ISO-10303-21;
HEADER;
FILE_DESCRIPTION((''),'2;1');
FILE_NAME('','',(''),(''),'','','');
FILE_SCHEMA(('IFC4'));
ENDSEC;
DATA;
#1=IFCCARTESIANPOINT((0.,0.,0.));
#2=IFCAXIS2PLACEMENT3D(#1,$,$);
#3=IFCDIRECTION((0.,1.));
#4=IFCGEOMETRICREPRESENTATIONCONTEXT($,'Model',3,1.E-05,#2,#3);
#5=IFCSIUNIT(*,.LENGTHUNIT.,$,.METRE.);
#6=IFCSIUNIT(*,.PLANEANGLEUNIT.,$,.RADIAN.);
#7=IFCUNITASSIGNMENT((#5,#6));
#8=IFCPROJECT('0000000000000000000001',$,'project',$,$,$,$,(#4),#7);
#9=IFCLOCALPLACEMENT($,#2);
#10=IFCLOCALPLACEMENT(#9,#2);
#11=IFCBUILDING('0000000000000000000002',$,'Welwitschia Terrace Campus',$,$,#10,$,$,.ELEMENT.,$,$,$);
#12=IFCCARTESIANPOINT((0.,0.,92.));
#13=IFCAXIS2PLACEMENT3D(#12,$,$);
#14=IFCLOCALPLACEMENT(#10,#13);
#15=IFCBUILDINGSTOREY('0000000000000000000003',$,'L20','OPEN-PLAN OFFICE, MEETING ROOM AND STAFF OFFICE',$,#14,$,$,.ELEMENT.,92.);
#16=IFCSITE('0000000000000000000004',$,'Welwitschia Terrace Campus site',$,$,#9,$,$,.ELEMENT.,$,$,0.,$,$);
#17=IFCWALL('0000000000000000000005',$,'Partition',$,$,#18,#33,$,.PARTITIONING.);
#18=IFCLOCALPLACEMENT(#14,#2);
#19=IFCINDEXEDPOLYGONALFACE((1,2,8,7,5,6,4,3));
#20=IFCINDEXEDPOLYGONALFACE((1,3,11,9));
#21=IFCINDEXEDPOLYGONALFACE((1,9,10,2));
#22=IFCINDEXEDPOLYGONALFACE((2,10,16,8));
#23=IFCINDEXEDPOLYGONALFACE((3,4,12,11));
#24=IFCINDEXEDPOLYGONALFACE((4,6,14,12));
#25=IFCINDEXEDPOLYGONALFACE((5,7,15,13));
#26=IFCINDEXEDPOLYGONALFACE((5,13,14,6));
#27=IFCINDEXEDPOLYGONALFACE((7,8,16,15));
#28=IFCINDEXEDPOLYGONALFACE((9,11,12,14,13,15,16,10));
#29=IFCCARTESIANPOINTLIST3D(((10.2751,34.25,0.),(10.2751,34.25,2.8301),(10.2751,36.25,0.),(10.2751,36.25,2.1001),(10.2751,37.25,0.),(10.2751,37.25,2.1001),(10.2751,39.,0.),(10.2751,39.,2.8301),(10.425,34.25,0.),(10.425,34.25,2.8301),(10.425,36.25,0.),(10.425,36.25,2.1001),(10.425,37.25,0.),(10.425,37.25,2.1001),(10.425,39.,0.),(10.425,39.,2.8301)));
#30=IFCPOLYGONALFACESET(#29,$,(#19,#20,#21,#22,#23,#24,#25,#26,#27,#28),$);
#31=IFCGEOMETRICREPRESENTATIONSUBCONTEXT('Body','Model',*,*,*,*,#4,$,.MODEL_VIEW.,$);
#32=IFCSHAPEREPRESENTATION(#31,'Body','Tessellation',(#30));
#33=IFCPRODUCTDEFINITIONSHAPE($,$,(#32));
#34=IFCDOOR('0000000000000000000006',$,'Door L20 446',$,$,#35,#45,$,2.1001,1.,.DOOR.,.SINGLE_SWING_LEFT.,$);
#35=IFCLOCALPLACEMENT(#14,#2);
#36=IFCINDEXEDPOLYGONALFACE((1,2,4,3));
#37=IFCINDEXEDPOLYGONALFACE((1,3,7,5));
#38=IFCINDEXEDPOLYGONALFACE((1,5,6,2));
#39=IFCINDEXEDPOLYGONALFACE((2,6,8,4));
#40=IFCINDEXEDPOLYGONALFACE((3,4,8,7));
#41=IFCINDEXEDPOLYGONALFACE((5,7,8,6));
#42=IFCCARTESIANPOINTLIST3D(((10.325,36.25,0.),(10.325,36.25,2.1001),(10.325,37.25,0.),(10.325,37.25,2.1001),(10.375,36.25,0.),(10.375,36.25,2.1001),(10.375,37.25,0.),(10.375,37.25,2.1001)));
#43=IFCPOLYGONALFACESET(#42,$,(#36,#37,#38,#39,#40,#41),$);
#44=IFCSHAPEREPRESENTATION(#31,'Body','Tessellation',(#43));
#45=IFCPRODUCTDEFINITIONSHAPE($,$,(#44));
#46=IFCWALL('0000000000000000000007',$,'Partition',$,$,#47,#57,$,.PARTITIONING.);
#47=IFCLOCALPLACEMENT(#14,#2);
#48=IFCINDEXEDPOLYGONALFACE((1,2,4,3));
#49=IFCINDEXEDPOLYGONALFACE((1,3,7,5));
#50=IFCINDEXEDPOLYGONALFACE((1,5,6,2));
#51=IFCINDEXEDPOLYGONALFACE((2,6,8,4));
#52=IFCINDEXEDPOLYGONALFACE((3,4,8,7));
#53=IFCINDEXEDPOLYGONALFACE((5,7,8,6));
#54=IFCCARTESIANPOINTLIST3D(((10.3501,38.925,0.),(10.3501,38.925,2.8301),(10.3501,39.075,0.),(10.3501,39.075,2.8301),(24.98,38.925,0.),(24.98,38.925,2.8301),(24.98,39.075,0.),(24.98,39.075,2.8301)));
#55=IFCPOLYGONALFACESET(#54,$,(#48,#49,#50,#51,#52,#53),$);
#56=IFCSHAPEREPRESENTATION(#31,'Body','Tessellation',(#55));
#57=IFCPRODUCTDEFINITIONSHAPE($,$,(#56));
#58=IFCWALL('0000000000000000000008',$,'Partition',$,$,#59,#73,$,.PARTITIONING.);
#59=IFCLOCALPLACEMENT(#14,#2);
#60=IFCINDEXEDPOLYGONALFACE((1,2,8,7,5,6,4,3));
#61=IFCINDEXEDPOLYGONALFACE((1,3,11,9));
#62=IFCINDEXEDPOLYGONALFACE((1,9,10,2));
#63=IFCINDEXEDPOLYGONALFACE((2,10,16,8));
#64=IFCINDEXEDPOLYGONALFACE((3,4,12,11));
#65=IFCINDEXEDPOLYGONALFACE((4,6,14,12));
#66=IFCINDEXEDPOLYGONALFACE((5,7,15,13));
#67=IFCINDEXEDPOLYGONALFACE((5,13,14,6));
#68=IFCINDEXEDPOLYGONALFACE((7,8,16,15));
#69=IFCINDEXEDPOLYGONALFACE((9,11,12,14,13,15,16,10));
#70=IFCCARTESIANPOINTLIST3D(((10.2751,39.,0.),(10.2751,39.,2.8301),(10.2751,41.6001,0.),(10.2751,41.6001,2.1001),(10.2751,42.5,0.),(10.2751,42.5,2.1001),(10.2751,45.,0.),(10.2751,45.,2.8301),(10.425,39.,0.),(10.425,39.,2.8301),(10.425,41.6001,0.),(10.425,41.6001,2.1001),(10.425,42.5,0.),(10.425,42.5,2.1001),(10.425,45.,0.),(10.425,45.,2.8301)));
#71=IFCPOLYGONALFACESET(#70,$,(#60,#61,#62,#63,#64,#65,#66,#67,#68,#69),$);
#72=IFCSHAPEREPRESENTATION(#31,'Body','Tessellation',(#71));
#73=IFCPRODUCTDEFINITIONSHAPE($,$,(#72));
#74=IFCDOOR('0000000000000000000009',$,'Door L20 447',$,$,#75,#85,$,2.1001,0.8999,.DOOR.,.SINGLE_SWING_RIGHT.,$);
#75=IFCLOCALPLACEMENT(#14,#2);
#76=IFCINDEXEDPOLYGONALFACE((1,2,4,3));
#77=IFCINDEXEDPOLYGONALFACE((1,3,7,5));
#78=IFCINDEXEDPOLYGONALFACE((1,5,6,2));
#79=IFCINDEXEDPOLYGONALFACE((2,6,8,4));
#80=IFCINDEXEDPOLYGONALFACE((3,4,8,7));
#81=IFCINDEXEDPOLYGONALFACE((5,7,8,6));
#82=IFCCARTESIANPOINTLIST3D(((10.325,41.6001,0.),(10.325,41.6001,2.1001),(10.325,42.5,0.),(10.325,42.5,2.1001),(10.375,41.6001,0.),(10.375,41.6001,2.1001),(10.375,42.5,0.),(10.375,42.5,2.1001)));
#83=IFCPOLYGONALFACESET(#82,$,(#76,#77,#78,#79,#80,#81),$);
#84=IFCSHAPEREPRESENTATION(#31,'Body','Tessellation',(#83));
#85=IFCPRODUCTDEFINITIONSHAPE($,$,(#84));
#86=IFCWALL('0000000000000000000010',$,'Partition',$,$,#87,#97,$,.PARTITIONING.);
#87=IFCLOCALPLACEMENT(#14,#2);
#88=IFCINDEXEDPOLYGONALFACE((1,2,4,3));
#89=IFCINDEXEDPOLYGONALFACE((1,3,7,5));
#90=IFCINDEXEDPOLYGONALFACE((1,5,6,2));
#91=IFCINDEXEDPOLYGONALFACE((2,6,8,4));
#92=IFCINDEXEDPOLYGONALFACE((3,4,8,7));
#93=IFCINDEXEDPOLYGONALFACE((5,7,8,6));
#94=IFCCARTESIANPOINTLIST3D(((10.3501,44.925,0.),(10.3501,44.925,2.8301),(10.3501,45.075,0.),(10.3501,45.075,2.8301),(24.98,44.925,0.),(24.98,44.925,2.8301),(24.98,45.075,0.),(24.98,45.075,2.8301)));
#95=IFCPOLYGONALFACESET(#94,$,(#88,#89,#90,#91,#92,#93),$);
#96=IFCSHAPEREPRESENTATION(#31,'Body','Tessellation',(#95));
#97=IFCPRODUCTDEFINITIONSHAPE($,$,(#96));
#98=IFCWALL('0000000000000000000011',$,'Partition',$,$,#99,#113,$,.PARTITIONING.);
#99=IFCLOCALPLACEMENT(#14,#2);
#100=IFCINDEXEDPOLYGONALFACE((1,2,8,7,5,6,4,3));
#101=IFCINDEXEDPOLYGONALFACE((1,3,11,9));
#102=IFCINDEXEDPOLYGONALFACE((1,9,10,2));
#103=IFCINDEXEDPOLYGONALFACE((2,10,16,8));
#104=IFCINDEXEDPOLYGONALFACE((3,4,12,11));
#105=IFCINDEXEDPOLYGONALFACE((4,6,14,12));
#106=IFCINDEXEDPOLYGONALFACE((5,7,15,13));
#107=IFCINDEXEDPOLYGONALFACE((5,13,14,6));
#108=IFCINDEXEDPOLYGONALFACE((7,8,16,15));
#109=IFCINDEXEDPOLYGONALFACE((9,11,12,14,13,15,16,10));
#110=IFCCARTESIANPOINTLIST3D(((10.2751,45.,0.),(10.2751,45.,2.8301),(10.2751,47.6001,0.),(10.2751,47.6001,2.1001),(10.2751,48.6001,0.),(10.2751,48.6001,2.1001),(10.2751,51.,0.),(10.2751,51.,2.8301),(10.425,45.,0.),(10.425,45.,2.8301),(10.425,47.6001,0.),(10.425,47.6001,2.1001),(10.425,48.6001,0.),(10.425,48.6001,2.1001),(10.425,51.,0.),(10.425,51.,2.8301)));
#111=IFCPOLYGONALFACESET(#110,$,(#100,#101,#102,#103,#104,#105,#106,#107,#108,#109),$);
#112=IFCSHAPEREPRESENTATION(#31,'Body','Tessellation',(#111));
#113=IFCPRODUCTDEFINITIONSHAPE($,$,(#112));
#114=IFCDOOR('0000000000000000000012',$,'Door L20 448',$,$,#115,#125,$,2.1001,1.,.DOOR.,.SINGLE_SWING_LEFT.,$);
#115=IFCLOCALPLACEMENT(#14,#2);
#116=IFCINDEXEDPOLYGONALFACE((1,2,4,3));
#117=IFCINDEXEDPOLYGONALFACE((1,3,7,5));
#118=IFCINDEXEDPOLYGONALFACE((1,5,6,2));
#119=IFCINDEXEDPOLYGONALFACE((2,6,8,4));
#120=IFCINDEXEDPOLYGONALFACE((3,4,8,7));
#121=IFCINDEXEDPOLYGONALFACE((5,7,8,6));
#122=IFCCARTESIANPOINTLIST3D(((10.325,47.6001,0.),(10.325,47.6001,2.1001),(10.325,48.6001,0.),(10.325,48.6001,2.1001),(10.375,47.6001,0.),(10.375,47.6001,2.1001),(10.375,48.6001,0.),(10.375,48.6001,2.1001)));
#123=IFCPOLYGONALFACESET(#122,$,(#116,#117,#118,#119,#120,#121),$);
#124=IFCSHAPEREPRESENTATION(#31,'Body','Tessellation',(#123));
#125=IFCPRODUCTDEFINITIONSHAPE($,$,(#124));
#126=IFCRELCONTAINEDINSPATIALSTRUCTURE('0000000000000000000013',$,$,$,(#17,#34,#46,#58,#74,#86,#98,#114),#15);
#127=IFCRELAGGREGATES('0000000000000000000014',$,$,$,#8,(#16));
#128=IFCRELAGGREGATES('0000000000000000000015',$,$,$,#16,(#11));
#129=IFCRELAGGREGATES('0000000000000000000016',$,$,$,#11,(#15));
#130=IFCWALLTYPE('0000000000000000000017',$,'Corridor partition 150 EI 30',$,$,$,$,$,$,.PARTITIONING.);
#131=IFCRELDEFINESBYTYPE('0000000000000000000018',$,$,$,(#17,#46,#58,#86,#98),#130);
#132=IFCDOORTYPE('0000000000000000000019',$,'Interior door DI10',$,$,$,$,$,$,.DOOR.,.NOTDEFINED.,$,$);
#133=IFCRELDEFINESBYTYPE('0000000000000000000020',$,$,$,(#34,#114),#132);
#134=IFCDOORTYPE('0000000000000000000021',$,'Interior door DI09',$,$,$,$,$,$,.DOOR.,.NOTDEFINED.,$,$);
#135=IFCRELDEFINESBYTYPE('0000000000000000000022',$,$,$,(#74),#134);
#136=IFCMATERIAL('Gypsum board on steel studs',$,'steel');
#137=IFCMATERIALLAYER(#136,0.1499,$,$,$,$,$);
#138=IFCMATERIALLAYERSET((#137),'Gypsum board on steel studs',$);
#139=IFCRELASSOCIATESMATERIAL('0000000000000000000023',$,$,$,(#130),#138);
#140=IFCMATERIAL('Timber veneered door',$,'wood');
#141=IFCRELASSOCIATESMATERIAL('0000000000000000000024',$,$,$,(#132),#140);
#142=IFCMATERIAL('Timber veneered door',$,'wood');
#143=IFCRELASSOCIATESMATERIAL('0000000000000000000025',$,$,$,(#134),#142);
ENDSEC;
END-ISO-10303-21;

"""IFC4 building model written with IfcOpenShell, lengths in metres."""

from ifc_helpers import new_model, si_unit, direction, frame, frame_2d, origin, place, context, subcontext, project, spatial, rectangle, extrude, material, layer, layer_set, type_object, element, fill, save


model = new_model("IFC4")

# Units and contexts
model_context = context("Model", 3, precision=1e-05, world=origin(), true_north=direction((0.0, 1.0)))
body_context = subcontext(model_context, "Body", "Model", "MODEL_VIEW")
ifc_project = project(units=[si_unit("LENGTHUNIT", "METRE"), si_unit("PLANEANGLEUNIT", "RADIAN")], contexts=[model_context])

# Site, building, storey
site_placement = place(None, origin())
site = spatial("IfcSite", under=ifc_project, at=site_placement, Name="Welwitschia Terrace Campus site", CompositionType="ELEMENT", RefElevation=0.0)
building_placement = place(site_placement, origin())
building = spatial("IfcBuilding", under=site, at=building_placement, Name="Welwitschia Terrace Campus", CompositionType="ELEMENT")
storey_placement = place(building_placement, frame((0.0, 0.0, 92.0)))
storey = spatial("IfcBuildingStorey", under=building, at=storey_placement, Name="L20", Description="OPEN-PLAN OFFICE, MEETING ROOM AND STAFF OFFICE", CompositionType="ELEMENT", Elevation=92.0)

# Shared definitions
ifc_material_1 = material(Name="Gypsum board on steel studs", Category="steel")
ifc_layer_1 = layer(ifc_material_1, 0.1499)
ifc_layer_set_1 = layer_set([ifc_layer_1], Name="Gypsum board on steel studs")
wall_type = type_object("IfcWallType", Name="Corridor partition 150 EI 30", PredefinedType="PARTITIONING", material=ifc_layer_set_1)

# Wall, opening, door
ifc_material_2 = material(Name="Timber veneered door", Category="wood")
door_type_1 = type_object("IfcDoorType", Name="Interior door DI10", OperationType="NOTDEFINED", PredefinedType="DOOR", material=ifc_material_2)
wall_1_placement = place(storey_placement, frame((10.3501, 39.0, 0.0), z_axis=(0.0, 0.0, 1.0), x_axis=(0.0, -1.0, 0.0)))
wall_1 = element("IfcWall", 1, at=wall_1_placement, inside=storey, type_object=wall_type, Name="Partition", PredefinedType="PARTITIONING", context=body_context, shape_type="SweptSolid", body=[
    extrude(rectangle(XDim=4.75, YDim=0.1499, at=frame_2d((2.375, 0.0))), origin(), (0.0, 0.0, 1.0), 2.8301),
])
opening_1_placement = place(wall_1_placement, frame((1.75, 0.0, 0.0)))
opening_1 = element("IfcOpeningElement", 2, at=opening_1_placement, cuts=wall_1, PredefinedType="OPENING", context=body_context, shape_type="SweptSolid", body=[
    extrude(rectangle(XDim=1.0, YDim=2.1001, at=frame_2d((0.5, 1.05))), frame((0.0, 0.085, 0.0), z_axis=(0.0, -1.0, 0.0), x_axis=(1.0, 0.0, 0.0)), (0.0, 0.0, 1.0), 0.1699),
])
door_1_placement = place(opening_1_placement, origin())
door_1 = element("IfcDoor", 3, at=door_1_placement, inside=storey, type_object=door_type_1, Name="Door L20 446", OperationType="SINGLE_SWING_LEFT", OverallHeight=2.1001, OverallWidth=1.0, PredefinedType="DOOR", context=body_context, shape_type="SweptSolid", body=[
    extrude(rectangle(XDim=1.0, YDim=2.1001, at=frame_2d((0.5, 1.05))), frame((0.0, 0.0249, 0.0), z_axis=(0.0, -1.0, 0.0), x_axis=(1.0, 0.0, 0.0)), (0.0, 0.0, 1.0), 0.05),
])
fill(opening_1, door_1)

# Wall
wall_2_placement = place(storey_placement, frame((10.3501, 39.0, 0.0), z_axis=(0.0, 0.0, 1.0), x_axis=(1.0, 0.0, 0.0)))
element("IfcWall", 4, at=wall_2_placement, inside=storey, type_object=wall_type, Name="Partition", PredefinedType="PARTITIONING", context=body_context, shape_type="SweptSolid", body=[
    extrude(rectangle(XDim=14.6299, YDim=0.1499, at=frame_2d((7.3149, 0.0))), origin(), (0.0, 0.0, 1.0), 2.8301),
])

# Wall, opening, door
wall_3_placement = place(storey_placement, frame((10.3501, 45.0, 0.0), z_axis=(0.0, 0.0, 1.0), x_axis=(0.0, -1.0, 0.0)))
wall_3 = element("IfcWall", 5, at=wall_3_placement, inside=storey, type_object=wall_type, Name="Partition", PredefinedType="PARTITIONING", context=body_context, shape_type="SweptSolid", body=[
    extrude(rectangle(XDim=6.0, YDim=0.1499, at=frame_2d((3.0, 0.0))), origin(), (0.0, 0.0, 1.0), 2.8301),
])
opening_2_placement = place(wall_3_placement, frame((2.5, 0.0, 0.0)))
opening_2 = element("IfcOpeningElement", 6, at=opening_2_placement, cuts=wall_3, PredefinedType="OPENING", context=body_context, shape_type="SweptSolid", body=[
    extrude(rectangle(XDim=0.8999, YDim=2.1001, at=frame_2d((0.45, 1.05))), frame((0.0, 0.085, 0.0), z_axis=(0.0, -1.0, 0.0), x_axis=(1.0, 0.0, 0.0)), (0.0, 0.0, 1.0), 0.1699),
])
ifc_material_3 = material(Name="Timber veneered door", Category="wood")
door_type_2 = type_object("IfcDoorType", Name="Interior door DI09", OperationType="NOTDEFINED", PredefinedType="DOOR", material=ifc_material_3)
door_2_placement = place(opening_2_placement, origin())
door_2 = element("IfcDoor", 7, at=door_2_placement, inside=storey, type_object=door_type_2, Name="Door L20 447", OperationType="SINGLE_SWING_RIGHT", OverallHeight=2.1001, OverallWidth=0.8999, PredefinedType="DOOR", context=body_context, shape_type="SweptSolid", body=[
    extrude(rectangle(XDim=0.8999, YDim=2.1001, at=frame_2d((0.45, 1.05))), frame((0.0, 0.0249, 0.0), z_axis=(0.0, -1.0, 0.0), x_axis=(1.0, 0.0, 0.0)), (0.0, 0.0, 1.0), 0.05),
])
fill(opening_2, door_2)

# Wall
wall_4_placement = place(storey_placement, frame((10.3501, 45.0, 0.0), z_axis=(0.0, 0.0, 1.0), x_axis=(1.0, 0.0, 0.0)))
element("IfcWall", 8, at=wall_4_placement, inside=storey, type_object=wall_type, Name="Partition", PredefinedType="PARTITIONING", context=body_context, shape_type="SweptSolid", body=[
    extrude(rectangle(XDim=14.6299, YDim=0.1499, at=frame_2d((7.3149, 0.0))), origin(), (0.0, 0.0, 1.0), 2.8301),
])

# Wall, opening, door
wall_5_placement = place(storey_placement, frame((10.3501, 51.0, 0.0), z_axis=(0.0, 0.0, 1.0), x_axis=(0.0, -1.0, 0.0)))
wall_5 = element("IfcWall", 9, at=wall_5_placement, inside=storey, type_object=wall_type, Name="Partition", PredefinedType="PARTITIONING", context=body_context, shape_type="SweptSolid", body=[
    extrude(rectangle(XDim=6.0, YDim=0.1499, at=frame_2d((3.0, 0.0))), origin(), (0.0, 0.0, 1.0), 2.8301),
])
opening_3_placement = place(wall_5_placement, frame((2.3999, 0.0, 0.0)))
opening_3 = element("IfcOpeningElement", 10, at=opening_3_placement, cuts=wall_5, PredefinedType="OPENING", context=body_context, shape_type="SweptSolid", body=[
    extrude(rectangle(XDim=1.0, YDim=2.1001, at=frame_2d((0.5, 1.05))), frame((0.0, 0.085, 0.0), z_axis=(0.0, -1.0, 0.0), x_axis=(1.0, 0.0, 0.0)), (0.0, 0.0, 1.0), 0.1699),
])
door_3_placement = place(opening_3_placement, origin())
door_3 = element("IfcDoor", 11, at=door_3_placement, inside=storey, type_object=door_type_1, Name="Door L20 448", OperationType="SINGLE_SWING_LEFT", OverallHeight=2.1001, OverallWidth=1.0, PredefinedType="DOOR", context=body_context, shape_type="SweptSolid", body=[
    extrude(rectangle(XDim=1.0, YDim=2.1001, at=frame_2d((0.5, 1.05))), frame((0.0, 0.0249, 0.0), z_axis=(0.0, -1.0, 0.0), x_axis=(1.0, 0.0, 0.0)), (0.0, 0.0, 1.0), 0.05),
])
fill(opening_3, door_3)

save(model, "model.ifc")
